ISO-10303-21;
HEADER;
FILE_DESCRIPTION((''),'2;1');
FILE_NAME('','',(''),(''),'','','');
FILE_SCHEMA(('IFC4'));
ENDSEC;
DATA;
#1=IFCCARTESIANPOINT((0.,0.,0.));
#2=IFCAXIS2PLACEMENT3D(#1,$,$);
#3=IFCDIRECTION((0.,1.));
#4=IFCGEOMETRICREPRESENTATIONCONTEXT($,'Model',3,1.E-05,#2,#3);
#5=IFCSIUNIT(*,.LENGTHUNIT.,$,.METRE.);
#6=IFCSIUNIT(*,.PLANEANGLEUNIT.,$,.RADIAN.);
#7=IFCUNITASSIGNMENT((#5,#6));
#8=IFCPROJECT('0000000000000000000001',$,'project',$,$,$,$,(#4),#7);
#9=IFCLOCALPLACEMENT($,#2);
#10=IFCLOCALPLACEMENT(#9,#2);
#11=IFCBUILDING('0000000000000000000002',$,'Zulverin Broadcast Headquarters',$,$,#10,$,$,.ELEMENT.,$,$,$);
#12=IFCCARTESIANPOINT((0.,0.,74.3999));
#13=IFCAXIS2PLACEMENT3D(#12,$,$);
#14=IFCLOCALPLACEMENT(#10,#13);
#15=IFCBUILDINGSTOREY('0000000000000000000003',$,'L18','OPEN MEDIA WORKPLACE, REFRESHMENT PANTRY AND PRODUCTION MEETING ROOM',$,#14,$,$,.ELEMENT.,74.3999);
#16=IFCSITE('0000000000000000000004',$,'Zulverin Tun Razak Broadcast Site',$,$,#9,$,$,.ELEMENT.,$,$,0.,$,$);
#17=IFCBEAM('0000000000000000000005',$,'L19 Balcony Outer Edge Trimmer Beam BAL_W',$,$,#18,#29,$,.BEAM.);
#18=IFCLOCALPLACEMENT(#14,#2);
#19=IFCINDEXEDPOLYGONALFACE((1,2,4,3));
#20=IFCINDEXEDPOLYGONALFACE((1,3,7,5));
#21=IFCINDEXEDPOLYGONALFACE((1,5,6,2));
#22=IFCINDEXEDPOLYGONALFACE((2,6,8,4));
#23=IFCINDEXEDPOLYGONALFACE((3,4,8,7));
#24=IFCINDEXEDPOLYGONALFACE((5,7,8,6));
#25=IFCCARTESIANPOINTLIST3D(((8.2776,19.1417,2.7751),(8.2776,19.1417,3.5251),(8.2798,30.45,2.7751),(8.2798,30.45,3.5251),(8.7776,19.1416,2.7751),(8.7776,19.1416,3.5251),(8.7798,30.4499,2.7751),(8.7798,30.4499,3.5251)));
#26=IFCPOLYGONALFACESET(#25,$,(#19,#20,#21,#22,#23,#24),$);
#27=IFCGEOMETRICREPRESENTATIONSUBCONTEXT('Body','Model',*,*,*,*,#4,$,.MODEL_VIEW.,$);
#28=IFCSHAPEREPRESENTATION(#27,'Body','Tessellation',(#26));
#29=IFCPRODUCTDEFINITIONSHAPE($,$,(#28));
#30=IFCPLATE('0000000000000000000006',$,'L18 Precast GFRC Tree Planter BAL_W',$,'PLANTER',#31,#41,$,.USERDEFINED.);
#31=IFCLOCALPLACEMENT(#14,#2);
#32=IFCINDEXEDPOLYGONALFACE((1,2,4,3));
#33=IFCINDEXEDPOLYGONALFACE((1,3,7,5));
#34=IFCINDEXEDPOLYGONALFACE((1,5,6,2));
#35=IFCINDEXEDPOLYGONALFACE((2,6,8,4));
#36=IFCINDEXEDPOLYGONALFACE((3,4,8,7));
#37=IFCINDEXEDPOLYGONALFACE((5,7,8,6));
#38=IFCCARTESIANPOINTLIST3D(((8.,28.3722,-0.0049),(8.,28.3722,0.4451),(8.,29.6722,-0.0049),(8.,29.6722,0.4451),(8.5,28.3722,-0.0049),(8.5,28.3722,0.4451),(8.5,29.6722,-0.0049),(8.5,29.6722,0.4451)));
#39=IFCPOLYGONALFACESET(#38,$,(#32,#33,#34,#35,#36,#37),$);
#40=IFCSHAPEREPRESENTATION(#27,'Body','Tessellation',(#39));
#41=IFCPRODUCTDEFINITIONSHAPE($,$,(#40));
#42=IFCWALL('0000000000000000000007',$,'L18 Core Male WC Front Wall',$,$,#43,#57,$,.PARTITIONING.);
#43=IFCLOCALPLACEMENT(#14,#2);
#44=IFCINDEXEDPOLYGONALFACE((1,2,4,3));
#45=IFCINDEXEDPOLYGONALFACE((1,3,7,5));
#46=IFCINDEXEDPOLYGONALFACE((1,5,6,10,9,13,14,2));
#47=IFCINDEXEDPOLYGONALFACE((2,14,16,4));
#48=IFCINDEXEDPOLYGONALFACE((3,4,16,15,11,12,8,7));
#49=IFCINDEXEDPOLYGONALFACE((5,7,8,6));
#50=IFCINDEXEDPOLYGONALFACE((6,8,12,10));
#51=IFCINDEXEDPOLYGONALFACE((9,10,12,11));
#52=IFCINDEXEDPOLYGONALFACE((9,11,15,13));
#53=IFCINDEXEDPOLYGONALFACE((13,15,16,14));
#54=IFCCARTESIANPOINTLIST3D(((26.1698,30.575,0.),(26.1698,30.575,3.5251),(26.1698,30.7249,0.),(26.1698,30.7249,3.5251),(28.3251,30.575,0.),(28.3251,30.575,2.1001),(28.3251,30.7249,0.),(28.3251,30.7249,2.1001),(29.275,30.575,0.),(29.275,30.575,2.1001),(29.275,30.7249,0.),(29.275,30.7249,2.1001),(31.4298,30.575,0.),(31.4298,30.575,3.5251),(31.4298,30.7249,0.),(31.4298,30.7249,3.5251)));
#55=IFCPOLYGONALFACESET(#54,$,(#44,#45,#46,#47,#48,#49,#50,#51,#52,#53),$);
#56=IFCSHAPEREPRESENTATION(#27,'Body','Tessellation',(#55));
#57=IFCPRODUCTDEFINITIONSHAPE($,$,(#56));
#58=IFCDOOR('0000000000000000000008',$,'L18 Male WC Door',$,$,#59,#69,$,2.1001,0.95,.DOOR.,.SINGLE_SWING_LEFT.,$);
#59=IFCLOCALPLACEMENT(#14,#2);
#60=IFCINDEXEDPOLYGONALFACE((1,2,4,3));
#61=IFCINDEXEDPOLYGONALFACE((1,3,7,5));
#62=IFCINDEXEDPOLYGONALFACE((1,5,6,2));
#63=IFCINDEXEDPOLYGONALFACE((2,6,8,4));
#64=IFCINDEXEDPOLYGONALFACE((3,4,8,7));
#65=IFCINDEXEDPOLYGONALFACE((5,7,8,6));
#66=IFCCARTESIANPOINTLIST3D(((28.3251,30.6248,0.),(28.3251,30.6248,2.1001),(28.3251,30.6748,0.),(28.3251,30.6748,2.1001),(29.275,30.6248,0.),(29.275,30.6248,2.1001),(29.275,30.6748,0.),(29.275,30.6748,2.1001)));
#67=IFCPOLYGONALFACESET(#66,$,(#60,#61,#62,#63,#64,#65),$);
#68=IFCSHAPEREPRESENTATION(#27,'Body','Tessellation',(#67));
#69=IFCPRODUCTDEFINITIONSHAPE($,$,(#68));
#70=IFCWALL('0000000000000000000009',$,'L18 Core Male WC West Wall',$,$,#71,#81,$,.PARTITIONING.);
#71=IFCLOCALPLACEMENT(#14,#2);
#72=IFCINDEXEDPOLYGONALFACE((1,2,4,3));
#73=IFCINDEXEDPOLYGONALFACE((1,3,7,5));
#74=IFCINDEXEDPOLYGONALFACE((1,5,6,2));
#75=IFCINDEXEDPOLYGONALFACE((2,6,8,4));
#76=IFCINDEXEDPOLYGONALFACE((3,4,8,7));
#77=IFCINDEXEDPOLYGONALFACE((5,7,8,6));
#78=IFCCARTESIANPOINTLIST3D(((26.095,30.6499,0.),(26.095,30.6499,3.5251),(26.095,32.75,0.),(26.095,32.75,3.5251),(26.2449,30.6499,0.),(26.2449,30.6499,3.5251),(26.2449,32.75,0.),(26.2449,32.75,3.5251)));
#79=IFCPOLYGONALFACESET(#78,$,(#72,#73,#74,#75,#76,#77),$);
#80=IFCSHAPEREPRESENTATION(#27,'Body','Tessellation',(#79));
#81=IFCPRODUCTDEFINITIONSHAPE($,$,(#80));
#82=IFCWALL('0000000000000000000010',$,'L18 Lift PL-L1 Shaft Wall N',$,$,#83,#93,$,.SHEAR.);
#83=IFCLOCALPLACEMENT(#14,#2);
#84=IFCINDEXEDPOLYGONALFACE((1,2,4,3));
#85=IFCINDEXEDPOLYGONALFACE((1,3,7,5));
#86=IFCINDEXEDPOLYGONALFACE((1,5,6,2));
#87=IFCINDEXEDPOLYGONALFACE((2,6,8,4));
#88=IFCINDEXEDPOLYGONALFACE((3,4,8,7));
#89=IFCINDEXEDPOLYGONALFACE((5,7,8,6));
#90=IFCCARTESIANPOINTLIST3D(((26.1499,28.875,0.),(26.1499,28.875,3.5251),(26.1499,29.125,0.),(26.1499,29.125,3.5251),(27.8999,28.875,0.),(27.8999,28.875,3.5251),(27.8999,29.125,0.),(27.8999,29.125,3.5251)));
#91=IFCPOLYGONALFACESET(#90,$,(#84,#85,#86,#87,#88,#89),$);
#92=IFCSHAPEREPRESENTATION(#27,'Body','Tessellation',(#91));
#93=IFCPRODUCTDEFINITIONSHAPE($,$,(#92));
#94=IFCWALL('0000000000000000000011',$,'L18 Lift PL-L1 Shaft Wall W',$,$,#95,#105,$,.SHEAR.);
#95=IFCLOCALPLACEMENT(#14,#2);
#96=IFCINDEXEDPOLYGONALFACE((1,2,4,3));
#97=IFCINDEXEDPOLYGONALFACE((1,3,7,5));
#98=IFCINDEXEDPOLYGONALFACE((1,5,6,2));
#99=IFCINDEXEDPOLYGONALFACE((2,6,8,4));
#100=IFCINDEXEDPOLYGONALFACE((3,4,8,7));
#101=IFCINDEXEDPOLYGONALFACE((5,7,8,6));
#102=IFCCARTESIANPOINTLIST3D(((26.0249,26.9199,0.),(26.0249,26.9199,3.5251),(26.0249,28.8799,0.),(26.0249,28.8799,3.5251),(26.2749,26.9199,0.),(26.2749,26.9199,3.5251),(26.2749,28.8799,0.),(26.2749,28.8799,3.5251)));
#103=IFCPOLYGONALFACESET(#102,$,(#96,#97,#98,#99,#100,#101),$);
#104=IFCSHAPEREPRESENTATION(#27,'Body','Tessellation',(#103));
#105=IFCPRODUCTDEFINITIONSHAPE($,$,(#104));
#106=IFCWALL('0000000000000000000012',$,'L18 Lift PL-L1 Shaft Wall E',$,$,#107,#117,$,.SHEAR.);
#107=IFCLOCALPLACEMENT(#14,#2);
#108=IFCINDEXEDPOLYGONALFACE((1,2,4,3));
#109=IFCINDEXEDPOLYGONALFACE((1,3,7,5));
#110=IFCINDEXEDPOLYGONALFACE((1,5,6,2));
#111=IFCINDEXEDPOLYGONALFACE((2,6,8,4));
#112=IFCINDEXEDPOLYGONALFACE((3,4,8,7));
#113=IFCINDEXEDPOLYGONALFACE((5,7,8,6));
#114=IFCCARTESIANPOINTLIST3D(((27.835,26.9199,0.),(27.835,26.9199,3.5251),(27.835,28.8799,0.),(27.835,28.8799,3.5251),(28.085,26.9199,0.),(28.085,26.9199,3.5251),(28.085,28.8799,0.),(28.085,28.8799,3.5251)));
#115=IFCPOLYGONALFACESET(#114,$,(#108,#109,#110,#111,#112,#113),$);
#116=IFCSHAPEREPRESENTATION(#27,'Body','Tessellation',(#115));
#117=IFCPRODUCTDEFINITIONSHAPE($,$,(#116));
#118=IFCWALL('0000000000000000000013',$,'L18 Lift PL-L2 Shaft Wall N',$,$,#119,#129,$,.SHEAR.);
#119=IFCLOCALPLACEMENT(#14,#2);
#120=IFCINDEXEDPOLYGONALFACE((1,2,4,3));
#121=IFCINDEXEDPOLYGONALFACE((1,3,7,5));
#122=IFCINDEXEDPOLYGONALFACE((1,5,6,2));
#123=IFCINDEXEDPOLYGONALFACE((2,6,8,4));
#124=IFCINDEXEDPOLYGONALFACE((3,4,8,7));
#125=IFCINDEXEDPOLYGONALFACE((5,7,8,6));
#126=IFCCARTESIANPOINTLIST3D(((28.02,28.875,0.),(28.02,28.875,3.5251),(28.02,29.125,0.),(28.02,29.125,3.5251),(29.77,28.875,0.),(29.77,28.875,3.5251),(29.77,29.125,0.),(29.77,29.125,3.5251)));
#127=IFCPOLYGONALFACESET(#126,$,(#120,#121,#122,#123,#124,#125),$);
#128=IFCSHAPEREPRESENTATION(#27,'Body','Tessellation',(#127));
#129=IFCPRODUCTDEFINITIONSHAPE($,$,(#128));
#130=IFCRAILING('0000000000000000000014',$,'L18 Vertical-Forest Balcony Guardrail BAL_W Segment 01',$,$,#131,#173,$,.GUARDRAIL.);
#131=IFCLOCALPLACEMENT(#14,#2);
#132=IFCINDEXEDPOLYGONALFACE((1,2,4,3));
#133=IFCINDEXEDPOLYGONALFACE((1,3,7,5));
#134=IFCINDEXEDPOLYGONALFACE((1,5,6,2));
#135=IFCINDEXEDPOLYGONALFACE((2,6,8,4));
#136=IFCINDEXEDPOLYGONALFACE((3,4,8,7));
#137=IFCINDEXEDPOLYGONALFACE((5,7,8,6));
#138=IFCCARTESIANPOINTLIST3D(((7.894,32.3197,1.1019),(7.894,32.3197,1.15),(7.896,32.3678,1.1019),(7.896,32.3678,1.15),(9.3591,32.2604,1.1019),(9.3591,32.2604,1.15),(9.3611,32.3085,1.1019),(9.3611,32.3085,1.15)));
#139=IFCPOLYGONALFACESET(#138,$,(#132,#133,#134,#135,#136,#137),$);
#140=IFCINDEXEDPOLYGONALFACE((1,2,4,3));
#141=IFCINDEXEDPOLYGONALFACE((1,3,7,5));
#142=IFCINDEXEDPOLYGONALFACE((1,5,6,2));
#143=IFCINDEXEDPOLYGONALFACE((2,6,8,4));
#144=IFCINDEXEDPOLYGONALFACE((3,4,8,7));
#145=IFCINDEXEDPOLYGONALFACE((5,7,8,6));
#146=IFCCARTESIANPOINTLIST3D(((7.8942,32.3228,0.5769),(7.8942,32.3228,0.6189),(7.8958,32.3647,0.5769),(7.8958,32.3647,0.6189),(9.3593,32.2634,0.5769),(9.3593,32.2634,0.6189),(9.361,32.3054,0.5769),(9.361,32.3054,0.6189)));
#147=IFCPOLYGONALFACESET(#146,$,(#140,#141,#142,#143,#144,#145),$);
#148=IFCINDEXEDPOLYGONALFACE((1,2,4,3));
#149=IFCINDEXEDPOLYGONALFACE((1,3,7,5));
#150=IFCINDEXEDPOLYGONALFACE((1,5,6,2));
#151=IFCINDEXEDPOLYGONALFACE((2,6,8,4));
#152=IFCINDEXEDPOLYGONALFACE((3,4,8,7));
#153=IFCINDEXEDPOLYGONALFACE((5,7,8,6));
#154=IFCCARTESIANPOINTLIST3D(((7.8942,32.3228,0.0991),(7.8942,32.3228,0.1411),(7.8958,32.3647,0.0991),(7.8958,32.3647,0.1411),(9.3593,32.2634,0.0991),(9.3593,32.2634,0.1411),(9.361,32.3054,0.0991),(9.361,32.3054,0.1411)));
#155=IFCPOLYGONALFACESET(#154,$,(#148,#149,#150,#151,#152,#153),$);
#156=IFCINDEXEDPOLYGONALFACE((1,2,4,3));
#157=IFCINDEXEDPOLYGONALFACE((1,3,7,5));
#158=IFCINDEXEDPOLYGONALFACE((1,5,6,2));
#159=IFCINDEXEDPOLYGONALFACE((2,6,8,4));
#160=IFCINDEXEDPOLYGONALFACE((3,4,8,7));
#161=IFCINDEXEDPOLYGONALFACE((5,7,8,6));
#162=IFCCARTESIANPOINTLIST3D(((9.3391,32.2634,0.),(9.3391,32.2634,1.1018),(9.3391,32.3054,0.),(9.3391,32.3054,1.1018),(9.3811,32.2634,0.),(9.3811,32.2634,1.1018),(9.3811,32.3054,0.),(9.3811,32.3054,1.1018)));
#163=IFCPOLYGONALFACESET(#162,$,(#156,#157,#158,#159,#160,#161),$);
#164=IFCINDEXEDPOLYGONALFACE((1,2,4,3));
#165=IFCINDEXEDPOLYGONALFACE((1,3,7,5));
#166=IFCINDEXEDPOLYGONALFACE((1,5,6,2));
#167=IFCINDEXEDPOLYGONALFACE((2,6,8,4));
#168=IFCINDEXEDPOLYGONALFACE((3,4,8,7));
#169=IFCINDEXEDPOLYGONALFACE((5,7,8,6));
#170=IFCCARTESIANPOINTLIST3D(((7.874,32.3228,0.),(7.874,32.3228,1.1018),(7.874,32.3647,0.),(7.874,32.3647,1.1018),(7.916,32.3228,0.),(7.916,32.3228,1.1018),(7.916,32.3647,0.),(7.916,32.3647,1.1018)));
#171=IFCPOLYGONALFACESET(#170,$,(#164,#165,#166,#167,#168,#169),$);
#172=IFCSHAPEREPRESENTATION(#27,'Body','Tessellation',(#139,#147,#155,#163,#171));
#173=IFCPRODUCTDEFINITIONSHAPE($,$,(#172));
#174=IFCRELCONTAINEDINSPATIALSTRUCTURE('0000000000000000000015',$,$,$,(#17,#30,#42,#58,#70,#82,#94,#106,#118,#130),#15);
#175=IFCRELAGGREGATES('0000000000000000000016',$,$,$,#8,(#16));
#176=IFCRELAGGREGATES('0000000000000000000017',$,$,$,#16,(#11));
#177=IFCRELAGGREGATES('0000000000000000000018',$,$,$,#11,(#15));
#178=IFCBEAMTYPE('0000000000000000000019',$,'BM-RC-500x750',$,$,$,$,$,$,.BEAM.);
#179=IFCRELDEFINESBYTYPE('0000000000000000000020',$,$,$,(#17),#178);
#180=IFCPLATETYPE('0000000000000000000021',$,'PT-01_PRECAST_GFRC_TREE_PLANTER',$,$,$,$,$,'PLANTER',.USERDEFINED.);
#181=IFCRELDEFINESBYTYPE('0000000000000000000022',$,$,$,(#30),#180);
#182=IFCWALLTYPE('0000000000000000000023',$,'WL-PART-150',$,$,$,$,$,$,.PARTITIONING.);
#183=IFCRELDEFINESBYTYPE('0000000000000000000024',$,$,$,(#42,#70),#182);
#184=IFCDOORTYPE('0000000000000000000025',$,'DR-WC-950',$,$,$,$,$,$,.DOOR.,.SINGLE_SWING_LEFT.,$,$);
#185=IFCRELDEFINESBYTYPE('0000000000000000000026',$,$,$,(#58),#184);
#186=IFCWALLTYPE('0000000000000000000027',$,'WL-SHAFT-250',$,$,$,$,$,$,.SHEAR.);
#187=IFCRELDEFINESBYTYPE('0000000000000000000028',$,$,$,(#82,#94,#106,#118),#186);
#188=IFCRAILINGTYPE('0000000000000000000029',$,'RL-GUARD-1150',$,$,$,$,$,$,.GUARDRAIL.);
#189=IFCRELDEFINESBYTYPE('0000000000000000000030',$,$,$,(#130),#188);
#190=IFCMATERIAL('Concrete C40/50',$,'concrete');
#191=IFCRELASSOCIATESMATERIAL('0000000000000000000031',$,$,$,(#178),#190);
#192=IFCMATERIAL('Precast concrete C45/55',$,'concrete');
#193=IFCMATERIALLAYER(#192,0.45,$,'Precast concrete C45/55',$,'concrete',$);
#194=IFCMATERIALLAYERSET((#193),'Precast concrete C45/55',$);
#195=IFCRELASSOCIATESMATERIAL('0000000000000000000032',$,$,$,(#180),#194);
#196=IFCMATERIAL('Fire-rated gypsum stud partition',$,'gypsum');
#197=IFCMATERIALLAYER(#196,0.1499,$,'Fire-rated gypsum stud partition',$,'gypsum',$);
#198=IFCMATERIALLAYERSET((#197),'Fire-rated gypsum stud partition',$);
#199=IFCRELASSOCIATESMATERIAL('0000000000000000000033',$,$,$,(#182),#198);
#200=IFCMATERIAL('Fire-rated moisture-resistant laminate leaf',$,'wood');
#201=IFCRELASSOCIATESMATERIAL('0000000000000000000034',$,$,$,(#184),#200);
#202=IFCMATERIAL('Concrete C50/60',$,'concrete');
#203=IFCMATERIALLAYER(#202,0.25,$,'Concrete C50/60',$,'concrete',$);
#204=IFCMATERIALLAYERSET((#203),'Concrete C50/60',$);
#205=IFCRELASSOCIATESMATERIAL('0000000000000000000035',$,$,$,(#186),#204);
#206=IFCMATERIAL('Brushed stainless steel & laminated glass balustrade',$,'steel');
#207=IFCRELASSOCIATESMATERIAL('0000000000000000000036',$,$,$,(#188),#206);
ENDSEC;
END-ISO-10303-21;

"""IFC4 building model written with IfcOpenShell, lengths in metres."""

from ifc_helpers import new_model, si_unit, direction, frame, frame_2d, origin, origin_2d, place, context, subcontext, project, spatial, rectangle, extrude, material, layer, layer_set, material_profile, profile_set, type_object, element, fill, save


model = new_model("IFC4")

# Units and contexts
model_context = context("Model", 3, precision=1e-05, world=origin(), true_north=direction((0.0, 1.0)))
body_context = subcontext(model_context, "Body", "Model", "MODEL_VIEW")
ifc_project = project(units=[si_unit("LENGTHUNIT", "METRE"), si_unit("PLANEANGLEUNIT", "RADIAN")], contexts=[model_context])

# Site, building, storey
site_placement = place(None, origin())
site = spatial("IfcSite", under=ifc_project, at=site_placement, Name="Zulverin Tun Razak Broadcast Site", CompositionType="ELEMENT", RefElevation=0.0)
building_placement = place(site_placement, origin())
building = spatial("IfcBuilding", under=site, at=building_placement, Name="Zulverin Broadcast Headquarters", CompositionType="ELEMENT")
storey_placement = place(building_placement, frame((0.0, 0.0, 74.3999)))
storey = spatial("IfcBuildingStorey", under=building, at=storey_placement, Name="L18", Description="OPEN MEDIA WORKPLACE, REFRESHMENT PANTRY AND PRODUCTION MEETING ROOM", CompositionType="ELEMENT", Elevation=74.3999)

# Beam
ifc_material_1 = material(Name="Concrete C40/50", Category="concrete")
ifc_material_profile = material_profile(ifc_material_1, rectangle(XDim=0.5, YDim=0.75, at=origin_2d()), Name="Concrete C40/50", Category="concrete")
ifc_profile_set = profile_set([ifc_material_profile], Name="Concrete C40/50")
beam_type = type_object("IfcBeamType", Name="BM-RC-500x750", PredefinedType="BEAM", material=ifc_profile_set)
beam_placement = place(storey_placement, frame((8.5298, 30.45, 3.1501), z_axis=(-0.000194, -1.0, 0.0), x_axis=(1.0, -0.000194, 0.0)))
element("IfcBeam", 1, at=beam_placement, inside=storey, type_object=beam_type, Name="L19 Balcony Outer Edge Trimmer Beam BAL_W", PredefinedType="BEAM", context=body_context, shape_type="SweptSolid", body=[
    extrude(rectangle(XDim=0.5, YDim=0.75, at=origin_2d()), origin(), (0.0, 0.0, 1.0), 11.3083),
])

# Plate
ifc_material_2 = material(Name="Precast concrete C45/55", Category="concrete")
ifc_layer_1 = layer(ifc_material_2, 0.45, Name="Precast concrete C45/55", Category="concrete")
ifc_layer_set_1 = layer_set([ifc_layer_1], Name="Precast concrete C45/55")
plate_type = type_object("IfcPlateType", Name="PT-01_PRECAST_GFRC_TREE_PLANTER", ElementType="PLANTER", PredefinedType="USERDEFINED", material=ifc_layer_set_1)
plate_placement = place(storey_placement, frame((8.25, 29.0222, -0.0049), z_axis=(0.0, 0.0, 1.0), x_axis=(0.0, 1.0, 0.0)))
element("IfcPlate", 2, at=plate_placement, inside=storey, type_object=plate_type, Name="L18 Precast GFRC Tree Planter BAL_W", ObjectType="PLANTER", PredefinedType="USERDEFINED", context=body_context, shape_type="SweptSolid", body=[
    extrude(rectangle(XDim=1.3, YDim=0.5, at=origin_2d()), origin(), (0.0, 0.0, 1.0), 0.45),
])

# Wall, opening, door
ifc_material_3 = material(Name="Fire-rated gypsum stud partition", Category="gypsum")
ifc_layer_2 = layer(ifc_material_3, 0.1499, Name="Fire-rated gypsum stud partition", Category="gypsum")
ifc_layer_set_2 = layer_set([ifc_layer_2], Name="Fire-rated gypsum stud partition")
wall_type_1 = type_object("IfcWallType", Name="WL-PART-150", PredefinedType="PARTITIONING", material=ifc_layer_set_2)
wall_1_placement = place(storey_placement, frame((26.1699, 30.6499, 0.0), z_axis=(0.0, 0.0, 1.0), x_axis=(1.0, 0.0, 0.0)))
wall_1 = element("IfcWall", 3, at=wall_1_placement, inside=storey, type_object=wall_type_1, Name="L18 Core Male WC Front Wall", PredefinedType="PARTITIONING", context=body_context, shape_type="SweptSolid", body=[
    extrude(rectangle(XDim=5.26, YDim=0.1499, at=frame_2d((2.6299, 0.0))), origin(), (0.0, 0.0, 1.0), 3.5251),
])
opening_1_placement = place(wall_1_placement, frame((2.155, 0.0, 0.0)))
opening_1 = element("IfcOpeningElement", 4, at=opening_1_placement, cuts=wall_1, PredefinedType="OPENING", context=body_context, shape_type="SweptSolid", body=[
    extrude(rectangle(XDim=0.95, YDim=2.1001, at=frame_2d((0.4751, 1.05))), frame((0.0, 0.085, 0.0), z_axis=(0.0, -1.0, 0.0), x_axis=(1.0, 0.0, 0.0)), (0.0, 0.0, 1.0), 0.1699),
])
ifc_material_4 = material(Name="Fire-rated moisture-resistant laminate leaf", Category="wood")
door_type_1 = type_object("IfcDoorType", Name="DR-WC-950", OperationType="SINGLE_SWING_LEFT", PredefinedType="DOOR", material=ifc_material_4)
door_1_placement = place(opening_1_placement, origin())
door_1 = element("IfcDoor", 5, at=door_1_placement, inside=storey, type_object=door_type_1, Name="L18 Male WC Door", OperationType="SINGLE_SWING_LEFT", OverallHeight=2.1001, OverallWidth=0.95, PredefinedType="DOOR", context=body_context, shape_type="SweptSolid", body=[
    extrude(rectangle(XDim=0.95, YDim=2.1001, at=frame_2d((0.4751, 1.05))), frame((0.0, 0.0249, 0.0), z_axis=(0.0, -1.0, 0.0), x_axis=(1.0, 0.0, 0.0)), (0.0, 0.0, 1.0), 0.05),
])
fill(opening_1, door_1)

# Wall
wall_2_placement = place(storey_placement, frame((26.1699, 30.6499, 0.0), z_axis=(0.0, 0.0, 1.0), x_axis=(0.0, 1.0, 0.0)))
element("IfcWall", 6, at=wall_2_placement, inside=storey, type_object=wall_type_1, Name="L18 Core Male WC West Wall", PredefinedType="PARTITIONING", context=body_context, shape_type="SweptSolid", body=[
    extrude(rectangle(XDim=2.1001, YDim=0.1499, at=frame_2d((1.05, 0.0))), origin(), (0.0, 0.0, 1.0), 3.5251),
])

# Shared definitions
ifc_material_5 = material(Name="Concrete C50/60", Category="concrete")
ifc_layer_3 = layer(ifc_material_5, 0.25, Name="Concrete C50/60", Category="concrete")
ifc_layer_set_3 = layer_set([ifc_layer_3], Name="Concrete C50/60")
wall_type_2 = type_object("IfcWallType", Name="WL-SHAFT-250", PredefinedType="SHEAR", material=ifc_layer_set_3)

# Walls
wall_3_placement = place(storey_placement, frame((26.1499, 29.0, 0.0), z_axis=(0.0, 0.0, 1.0), x_axis=(1.0, 0.0, 0.0)))
element("IfcWall", 7, at=wall_3_placement, inside=storey, type_object=wall_type_2, Name="L18 Lift PL-L1 Shaft Wall N", PredefinedType="SHEAR", context=body_context, shape_type="SweptSolid", body=[
    extrude(rectangle(XDim=1.75, YDim=0.25, at=frame_2d((0.875, 0.0))), origin(), (0.0, 0.0, 1.0), 3.5251),
])
for number, where, z_axis, x_axis, name in (
    (8, (26.1499, 26.9199, 0.0), (0.0, 0.0, 1.0), (0.0, 1.0, 0.0), "L18 Lift PL-L1 Shaft Wall W"),
    (9, (27.96, 26.9199, 0.0), (0.0, 0.0, 1.0), (0.0, 1.0, 0.0), "L18 Lift PL-L1 Shaft Wall E"),
):
    element("IfcWall", number, at=place(storey_placement, frame(where, z_axis=z_axis, x_axis=x_axis)), inside=storey, type_object=wall_type_2, Name=name, PredefinedType="SHEAR", context=body_context, shape_type="SweptSolid", body=[
        extrude(rectangle(XDim=1.96, YDim=0.25, at=frame_2d((0.98, 0.0))), origin(), (0.0, 0.0, 1.0), 3.5251),
    ])

# Wall
wall_4_placement = place(storey_placement, frame((28.02, 29.0, 0.0), z_axis=(0.0, 0.0, 1.0), x_axis=(1.0, 0.0, 0.0)))
element("IfcWall", 10, at=wall_4_placement, inside=storey, type_object=wall_type_2, Name="L18 Lift PL-L2 Shaft Wall N", PredefinedType="SHEAR", context=body_context, shape_type="SweptSolid", body=[
    extrude(rectangle(XDim=1.75, YDim=0.25, at=frame_2d((0.875, 0.0))), origin(), (0.0, 0.0, 1.0), 3.5251),
])

# Railing
ifc_material_6 = material(Name="Brushed stainless steel & laminated glass balustrade", Category="steel")
railing_type = type_object("IfcRailingType", Name="RL-GUARD-1150", PredefinedType="GUARDRAIL", material=ifc_material_6)
railing_1_placement = place(storey_placement, frame((9.3601, 32.2844, 0.0)))
element("IfcRailing", 11, at=railing_1_placement, inside=storey, type_object=railing_type, Name="L18 Vertical-Forest Balcony Guardrail BAL_W Segment 01", PredefinedType="GUARDRAIL", context=body_context, shape_type="SweptSolid", body=[
    extrude(rectangle(XDim=0.0481, YDim=0.0481, at=origin_2d()), frame((0.0, 0.0, 1.126), z_axis=(-0.999181, 0.04046, 0.0), x_axis=(-0.04046, -0.999181, 0.0)), (0.0, 0.0, 1.0), 1.4663),
    extrude(rectangle(XDim=0.042, YDim=0.042, at=origin_2d()), frame((0.0, 0.0, 0.5979), z_axis=(-0.999181, 0.04046, 0.0), x_axis=(-0.04046, -0.999181, 0.0)), (0.0, 0.0, 1.0), 1.4663),
    extrude(rectangle(XDim=0.042, YDim=0.042, at=origin_2d()), frame((0.0, 0.0, 0.1201), z_axis=(-0.999181, 0.04046, 0.0), x_axis=(-0.04046, -0.999181, 0.0)), (0.0, 0.0, 1.0), 1.4663),
    extrude(rectangle(XDim=0.042, YDim=0.042, at=origin_2d()), origin(), (0.0, 0.0, 1.0), 1.1018),
    extrude(rectangle(XDim=0.042, YDim=0.042, at=origin_2d()), frame((-1.4651, 0.0593, 0.0)), (0.0, 0.0, 1.0), 1.1018),
])

save(model, "model.ifc")
